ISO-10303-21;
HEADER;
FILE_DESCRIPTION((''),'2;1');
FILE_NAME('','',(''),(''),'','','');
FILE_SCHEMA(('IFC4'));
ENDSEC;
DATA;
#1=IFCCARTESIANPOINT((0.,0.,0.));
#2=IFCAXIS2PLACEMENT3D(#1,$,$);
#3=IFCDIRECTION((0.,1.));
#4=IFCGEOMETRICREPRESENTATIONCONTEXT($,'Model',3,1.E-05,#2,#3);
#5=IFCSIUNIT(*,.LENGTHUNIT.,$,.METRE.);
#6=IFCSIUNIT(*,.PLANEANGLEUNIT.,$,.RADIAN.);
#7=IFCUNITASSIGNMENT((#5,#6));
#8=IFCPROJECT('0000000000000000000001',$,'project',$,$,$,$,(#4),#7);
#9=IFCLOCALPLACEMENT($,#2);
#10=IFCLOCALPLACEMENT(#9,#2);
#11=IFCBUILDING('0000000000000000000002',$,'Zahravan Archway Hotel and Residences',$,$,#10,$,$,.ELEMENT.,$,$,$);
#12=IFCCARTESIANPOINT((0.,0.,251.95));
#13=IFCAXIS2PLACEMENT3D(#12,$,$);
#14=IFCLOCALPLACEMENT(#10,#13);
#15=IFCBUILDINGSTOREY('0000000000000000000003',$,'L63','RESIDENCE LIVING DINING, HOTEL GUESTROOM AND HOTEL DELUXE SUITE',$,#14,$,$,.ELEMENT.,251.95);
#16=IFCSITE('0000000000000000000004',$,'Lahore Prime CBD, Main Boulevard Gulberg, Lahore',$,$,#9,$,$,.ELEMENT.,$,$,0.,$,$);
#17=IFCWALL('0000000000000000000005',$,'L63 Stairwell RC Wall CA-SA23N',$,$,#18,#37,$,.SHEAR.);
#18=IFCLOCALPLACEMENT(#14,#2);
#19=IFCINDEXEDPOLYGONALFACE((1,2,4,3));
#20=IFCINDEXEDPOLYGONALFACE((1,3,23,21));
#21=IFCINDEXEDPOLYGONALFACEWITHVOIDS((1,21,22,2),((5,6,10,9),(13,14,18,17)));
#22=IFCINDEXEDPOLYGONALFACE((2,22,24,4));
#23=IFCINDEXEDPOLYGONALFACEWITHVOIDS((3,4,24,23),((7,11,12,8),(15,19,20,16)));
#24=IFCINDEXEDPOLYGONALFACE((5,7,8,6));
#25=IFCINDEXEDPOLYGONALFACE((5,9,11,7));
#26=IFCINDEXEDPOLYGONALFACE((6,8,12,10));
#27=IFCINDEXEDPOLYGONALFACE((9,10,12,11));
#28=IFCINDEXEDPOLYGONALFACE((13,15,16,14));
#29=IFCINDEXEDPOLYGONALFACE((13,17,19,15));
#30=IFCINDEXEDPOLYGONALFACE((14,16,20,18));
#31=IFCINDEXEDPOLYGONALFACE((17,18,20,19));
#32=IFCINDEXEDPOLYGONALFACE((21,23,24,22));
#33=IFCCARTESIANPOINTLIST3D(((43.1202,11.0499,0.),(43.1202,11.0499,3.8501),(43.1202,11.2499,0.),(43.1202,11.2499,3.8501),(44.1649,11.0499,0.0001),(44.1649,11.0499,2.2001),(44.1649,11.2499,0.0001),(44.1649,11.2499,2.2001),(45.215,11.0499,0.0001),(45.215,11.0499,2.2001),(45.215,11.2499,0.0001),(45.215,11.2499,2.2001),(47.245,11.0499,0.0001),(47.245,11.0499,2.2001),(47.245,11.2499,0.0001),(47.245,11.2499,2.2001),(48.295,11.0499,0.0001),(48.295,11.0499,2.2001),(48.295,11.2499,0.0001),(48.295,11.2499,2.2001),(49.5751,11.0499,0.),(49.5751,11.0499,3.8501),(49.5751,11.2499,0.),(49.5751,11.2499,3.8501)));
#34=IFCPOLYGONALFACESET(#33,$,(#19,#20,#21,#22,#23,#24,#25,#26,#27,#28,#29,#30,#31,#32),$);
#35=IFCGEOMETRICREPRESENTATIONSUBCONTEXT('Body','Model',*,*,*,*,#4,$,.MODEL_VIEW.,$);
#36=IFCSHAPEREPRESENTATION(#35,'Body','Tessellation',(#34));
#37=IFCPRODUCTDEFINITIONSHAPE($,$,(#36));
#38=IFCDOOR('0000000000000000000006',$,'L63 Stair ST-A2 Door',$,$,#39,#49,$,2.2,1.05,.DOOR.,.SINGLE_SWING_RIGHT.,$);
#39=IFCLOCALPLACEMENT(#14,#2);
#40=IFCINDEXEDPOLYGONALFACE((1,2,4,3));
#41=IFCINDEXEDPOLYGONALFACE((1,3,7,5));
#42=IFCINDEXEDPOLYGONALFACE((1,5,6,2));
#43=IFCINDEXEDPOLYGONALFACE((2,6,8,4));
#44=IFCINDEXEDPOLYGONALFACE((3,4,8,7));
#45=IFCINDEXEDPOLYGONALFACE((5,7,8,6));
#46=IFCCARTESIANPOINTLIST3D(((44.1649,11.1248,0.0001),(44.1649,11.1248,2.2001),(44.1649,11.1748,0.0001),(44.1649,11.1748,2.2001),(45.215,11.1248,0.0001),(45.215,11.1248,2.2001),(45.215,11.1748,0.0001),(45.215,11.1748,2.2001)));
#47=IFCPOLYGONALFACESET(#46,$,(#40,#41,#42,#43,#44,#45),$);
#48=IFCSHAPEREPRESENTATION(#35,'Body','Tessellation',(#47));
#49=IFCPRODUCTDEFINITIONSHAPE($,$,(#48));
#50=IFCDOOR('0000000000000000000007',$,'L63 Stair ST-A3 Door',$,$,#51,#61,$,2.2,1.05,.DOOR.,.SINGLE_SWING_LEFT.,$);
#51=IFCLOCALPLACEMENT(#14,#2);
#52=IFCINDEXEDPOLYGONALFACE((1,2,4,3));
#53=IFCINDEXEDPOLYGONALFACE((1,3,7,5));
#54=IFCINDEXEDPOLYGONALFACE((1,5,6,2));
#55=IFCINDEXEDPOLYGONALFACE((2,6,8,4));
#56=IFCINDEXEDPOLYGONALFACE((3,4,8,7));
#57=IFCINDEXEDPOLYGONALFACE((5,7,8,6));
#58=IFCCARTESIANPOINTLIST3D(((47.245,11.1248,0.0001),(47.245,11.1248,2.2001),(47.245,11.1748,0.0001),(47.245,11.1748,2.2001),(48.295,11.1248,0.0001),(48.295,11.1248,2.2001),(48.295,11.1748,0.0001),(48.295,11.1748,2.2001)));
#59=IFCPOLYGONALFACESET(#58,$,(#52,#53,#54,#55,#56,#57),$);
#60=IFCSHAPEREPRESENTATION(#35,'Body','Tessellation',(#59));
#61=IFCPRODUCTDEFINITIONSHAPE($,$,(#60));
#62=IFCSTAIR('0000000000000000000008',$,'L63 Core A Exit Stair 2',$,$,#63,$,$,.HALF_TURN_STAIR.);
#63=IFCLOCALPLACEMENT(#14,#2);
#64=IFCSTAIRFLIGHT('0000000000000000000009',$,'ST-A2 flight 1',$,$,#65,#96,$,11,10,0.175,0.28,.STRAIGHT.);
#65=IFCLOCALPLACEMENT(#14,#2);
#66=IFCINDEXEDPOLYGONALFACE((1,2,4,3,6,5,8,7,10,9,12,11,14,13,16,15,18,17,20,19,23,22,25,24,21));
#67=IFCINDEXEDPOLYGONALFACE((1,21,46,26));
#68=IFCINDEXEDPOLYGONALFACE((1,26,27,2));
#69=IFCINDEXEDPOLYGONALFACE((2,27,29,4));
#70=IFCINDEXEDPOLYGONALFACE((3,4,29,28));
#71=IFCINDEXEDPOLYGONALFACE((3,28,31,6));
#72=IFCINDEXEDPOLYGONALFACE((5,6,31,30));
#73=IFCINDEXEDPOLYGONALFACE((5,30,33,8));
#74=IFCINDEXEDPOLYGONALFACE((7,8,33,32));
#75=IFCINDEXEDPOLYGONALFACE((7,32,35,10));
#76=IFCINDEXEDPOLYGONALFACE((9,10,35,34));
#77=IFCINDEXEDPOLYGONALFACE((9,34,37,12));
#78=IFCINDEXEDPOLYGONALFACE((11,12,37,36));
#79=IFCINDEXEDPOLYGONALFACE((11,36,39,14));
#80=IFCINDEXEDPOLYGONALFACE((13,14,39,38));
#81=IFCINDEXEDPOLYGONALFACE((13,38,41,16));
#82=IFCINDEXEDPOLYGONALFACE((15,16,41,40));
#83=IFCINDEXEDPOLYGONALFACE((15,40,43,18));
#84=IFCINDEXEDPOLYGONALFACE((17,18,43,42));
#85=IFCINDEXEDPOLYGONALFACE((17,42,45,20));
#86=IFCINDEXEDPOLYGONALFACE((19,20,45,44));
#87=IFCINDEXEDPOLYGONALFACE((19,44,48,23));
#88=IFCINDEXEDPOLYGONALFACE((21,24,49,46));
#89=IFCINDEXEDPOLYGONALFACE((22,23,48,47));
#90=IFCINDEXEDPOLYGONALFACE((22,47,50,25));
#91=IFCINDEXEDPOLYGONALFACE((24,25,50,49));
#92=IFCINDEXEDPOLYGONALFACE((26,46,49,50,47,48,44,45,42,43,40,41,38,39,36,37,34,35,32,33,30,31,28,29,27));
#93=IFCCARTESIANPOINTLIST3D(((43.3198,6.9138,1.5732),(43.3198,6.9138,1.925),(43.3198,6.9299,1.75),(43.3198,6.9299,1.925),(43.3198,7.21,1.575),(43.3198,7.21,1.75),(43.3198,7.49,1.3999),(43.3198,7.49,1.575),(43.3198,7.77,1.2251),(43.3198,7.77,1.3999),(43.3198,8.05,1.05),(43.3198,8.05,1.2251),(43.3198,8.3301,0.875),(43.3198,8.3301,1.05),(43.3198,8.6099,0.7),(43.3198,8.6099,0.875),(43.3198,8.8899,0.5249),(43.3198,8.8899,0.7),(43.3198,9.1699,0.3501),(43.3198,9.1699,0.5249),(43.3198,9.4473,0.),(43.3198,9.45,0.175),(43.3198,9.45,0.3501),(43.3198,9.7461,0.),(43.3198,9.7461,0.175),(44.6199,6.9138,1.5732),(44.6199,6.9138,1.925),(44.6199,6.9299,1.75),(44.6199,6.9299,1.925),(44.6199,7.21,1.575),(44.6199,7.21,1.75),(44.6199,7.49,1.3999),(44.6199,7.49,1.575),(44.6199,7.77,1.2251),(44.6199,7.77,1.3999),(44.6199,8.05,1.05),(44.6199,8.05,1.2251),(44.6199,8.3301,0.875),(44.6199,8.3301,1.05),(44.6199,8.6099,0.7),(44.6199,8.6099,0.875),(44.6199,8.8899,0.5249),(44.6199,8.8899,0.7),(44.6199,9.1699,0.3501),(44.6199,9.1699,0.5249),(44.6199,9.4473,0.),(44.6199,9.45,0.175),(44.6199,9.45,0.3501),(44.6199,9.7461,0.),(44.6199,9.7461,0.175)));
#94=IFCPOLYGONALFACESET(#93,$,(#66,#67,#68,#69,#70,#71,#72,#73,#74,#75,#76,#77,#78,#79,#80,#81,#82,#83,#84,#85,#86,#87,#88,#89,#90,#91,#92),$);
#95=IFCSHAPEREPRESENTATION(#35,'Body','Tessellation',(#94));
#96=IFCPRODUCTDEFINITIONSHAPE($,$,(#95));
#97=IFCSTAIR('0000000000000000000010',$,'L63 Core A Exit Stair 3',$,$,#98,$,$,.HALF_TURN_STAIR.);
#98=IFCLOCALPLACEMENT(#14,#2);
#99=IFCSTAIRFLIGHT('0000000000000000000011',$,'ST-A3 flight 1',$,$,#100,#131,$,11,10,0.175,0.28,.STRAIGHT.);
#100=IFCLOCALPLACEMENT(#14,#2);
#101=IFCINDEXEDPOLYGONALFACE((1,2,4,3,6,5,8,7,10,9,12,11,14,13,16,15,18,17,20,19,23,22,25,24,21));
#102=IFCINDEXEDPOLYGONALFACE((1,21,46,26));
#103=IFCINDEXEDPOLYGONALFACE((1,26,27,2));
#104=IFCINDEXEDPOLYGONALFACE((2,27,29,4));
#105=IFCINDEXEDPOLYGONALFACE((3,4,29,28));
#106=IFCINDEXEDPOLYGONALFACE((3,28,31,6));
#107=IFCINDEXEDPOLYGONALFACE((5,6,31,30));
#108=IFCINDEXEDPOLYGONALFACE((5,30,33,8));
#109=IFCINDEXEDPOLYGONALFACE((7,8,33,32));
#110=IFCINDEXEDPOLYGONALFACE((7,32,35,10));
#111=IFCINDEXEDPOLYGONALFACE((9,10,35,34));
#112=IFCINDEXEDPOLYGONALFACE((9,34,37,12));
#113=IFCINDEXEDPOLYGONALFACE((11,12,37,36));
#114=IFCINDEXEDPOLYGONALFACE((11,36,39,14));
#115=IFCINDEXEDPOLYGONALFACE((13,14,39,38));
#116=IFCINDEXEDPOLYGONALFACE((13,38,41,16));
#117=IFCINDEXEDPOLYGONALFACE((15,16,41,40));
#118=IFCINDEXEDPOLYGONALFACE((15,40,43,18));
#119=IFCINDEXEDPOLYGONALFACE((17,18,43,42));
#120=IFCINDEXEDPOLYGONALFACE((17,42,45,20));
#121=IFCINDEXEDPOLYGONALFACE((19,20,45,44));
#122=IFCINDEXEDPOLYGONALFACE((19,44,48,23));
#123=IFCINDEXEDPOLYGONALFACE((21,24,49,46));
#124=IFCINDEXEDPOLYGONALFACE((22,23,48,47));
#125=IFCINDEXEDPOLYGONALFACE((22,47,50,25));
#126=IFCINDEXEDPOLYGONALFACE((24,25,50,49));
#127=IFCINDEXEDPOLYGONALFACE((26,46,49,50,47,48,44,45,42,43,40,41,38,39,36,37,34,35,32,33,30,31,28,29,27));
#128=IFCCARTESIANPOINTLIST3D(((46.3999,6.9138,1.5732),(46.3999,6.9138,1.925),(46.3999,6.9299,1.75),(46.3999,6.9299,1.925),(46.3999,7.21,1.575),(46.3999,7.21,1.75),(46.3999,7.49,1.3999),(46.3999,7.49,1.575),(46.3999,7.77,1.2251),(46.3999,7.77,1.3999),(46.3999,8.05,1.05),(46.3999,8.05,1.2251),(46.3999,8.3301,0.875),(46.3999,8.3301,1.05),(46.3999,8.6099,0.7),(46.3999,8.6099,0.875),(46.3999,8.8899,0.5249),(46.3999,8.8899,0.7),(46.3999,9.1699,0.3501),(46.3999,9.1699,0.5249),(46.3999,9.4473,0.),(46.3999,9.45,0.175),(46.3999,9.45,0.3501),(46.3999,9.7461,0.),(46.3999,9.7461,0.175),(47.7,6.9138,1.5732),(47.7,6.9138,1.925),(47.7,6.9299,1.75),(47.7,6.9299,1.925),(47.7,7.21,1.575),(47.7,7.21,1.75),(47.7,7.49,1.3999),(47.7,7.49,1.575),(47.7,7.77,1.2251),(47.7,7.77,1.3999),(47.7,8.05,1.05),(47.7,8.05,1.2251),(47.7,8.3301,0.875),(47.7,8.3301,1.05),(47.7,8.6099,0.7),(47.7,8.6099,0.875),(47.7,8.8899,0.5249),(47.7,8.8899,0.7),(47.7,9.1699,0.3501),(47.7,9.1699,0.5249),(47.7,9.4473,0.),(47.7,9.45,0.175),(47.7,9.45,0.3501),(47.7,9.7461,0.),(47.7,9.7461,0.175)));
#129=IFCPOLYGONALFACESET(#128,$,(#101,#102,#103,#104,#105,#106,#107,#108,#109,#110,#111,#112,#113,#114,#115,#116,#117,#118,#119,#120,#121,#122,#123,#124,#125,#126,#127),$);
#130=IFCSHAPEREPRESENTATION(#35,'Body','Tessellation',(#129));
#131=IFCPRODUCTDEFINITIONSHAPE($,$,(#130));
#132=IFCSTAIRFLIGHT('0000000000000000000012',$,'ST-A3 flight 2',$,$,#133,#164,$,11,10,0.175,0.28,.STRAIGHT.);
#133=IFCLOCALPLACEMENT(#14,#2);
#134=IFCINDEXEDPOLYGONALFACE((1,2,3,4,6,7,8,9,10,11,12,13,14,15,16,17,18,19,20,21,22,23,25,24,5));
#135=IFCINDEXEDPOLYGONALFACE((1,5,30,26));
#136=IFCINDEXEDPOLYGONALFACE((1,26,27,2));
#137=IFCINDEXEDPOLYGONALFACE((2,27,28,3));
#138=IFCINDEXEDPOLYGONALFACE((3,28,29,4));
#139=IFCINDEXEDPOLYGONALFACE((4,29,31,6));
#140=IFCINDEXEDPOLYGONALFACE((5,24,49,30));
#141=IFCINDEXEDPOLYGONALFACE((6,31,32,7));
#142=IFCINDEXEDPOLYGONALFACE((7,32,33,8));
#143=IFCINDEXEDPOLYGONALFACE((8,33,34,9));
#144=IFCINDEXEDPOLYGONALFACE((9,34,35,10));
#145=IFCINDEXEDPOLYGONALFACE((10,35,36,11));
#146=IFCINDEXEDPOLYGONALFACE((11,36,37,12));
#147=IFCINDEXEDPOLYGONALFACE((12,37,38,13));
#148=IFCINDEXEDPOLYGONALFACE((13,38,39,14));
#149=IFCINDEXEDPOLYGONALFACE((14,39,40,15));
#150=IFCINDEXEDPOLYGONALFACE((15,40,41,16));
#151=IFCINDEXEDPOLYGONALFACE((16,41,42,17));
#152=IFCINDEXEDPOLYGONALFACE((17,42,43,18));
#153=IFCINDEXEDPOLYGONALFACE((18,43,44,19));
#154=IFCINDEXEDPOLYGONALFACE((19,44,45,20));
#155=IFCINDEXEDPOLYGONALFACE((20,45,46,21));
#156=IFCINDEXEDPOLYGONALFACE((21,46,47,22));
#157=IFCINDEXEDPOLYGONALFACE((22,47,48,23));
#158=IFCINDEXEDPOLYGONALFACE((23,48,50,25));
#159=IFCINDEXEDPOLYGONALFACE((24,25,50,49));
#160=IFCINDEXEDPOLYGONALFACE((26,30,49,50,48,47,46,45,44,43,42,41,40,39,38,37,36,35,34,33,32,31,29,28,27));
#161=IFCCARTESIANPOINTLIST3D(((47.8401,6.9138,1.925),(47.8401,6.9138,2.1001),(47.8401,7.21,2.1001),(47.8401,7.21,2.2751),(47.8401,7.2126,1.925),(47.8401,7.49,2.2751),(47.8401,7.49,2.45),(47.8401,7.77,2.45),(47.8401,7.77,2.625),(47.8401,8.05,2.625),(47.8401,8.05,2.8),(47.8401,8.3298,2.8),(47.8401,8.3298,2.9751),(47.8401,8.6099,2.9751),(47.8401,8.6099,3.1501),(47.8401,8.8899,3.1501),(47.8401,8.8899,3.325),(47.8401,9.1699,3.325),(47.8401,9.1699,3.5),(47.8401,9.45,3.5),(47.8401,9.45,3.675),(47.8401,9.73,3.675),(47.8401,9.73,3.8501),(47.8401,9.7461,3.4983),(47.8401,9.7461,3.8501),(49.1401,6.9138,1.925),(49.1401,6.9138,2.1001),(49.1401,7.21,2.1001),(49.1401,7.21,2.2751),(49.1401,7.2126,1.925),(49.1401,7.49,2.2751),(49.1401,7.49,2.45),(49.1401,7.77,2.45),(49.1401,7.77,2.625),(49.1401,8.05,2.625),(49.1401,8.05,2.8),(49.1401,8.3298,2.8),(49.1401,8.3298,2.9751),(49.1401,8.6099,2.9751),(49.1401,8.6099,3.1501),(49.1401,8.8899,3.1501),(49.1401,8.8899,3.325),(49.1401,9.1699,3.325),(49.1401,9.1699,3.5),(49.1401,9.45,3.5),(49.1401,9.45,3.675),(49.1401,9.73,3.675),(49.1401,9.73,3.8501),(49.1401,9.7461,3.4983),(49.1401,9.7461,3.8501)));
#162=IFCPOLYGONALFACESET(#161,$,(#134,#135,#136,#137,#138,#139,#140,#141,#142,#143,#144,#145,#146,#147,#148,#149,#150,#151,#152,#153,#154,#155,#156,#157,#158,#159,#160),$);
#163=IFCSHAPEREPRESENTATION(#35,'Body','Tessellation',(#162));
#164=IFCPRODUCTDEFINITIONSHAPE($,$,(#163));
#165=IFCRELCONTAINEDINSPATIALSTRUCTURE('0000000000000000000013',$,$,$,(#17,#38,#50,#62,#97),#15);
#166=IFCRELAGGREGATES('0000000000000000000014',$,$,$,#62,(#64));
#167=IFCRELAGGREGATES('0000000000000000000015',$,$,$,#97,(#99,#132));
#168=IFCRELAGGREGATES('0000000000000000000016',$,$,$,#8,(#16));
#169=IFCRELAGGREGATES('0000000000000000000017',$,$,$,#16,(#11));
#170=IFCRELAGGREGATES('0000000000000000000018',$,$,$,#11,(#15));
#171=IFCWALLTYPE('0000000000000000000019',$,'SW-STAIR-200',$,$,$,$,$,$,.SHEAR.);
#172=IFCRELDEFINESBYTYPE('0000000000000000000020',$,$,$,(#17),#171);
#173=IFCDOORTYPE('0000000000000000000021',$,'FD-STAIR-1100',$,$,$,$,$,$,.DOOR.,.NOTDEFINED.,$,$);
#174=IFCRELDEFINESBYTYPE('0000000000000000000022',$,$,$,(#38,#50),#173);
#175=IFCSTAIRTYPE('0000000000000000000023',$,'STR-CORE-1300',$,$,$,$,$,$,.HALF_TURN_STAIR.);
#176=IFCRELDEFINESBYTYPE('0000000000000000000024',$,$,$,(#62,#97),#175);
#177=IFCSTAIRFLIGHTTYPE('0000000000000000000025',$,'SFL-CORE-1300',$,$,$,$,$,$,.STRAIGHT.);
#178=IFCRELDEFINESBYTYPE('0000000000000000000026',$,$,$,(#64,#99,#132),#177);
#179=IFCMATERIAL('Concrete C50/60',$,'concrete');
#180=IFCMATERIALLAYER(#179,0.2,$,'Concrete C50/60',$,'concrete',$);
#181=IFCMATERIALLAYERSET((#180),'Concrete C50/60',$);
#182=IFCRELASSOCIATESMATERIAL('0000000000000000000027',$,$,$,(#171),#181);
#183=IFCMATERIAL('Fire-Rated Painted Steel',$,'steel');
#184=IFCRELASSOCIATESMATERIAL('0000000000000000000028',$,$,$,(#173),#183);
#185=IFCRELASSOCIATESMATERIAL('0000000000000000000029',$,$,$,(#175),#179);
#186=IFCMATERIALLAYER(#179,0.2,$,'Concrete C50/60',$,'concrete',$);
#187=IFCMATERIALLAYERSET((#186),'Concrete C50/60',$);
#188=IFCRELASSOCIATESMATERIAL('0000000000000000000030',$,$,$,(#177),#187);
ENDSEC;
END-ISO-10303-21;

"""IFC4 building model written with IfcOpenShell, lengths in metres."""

from ifc_helpers import new_model, si_unit, direction, frame, frame_2d, origin, place, context, subcontext, project, spatial, polyline, rectangle, outline, extrude, source, transform, mapped, material, layer, layer_set, type_object, type_shapes, element, fill, aggregate, save


model = new_model("IFC4")

# Units and contexts
model_context = context("Model", 3, precision=1e-05, world=origin(), true_north=direction((0.0, 1.0)))
body_context = subcontext(model_context, "Body", "Model", "MODEL_VIEW")
ifc_project = project(units=[si_unit("LENGTHUNIT", "METRE"), si_unit("PLANEANGLEUNIT", "RADIAN")], contexts=[model_context])

# Site, building, storey
site_placement = place(None, origin())
site = spatial("IfcSite", under=ifc_project, at=site_placement, Name="Lahore Prime CBD, Main Boulevard Gulberg, Lahore", CompositionType="ELEMENT", RefElevation=0.0)
building_placement = place(site_placement, origin())
building = spatial("IfcBuilding", under=site, at=building_placement, Name="Zahravan Archway Hotel and Residences", CompositionType="ELEMENT")
storey_placement = place(building_placement, frame((0.0, 0.0, 251.95)))
storey = spatial("IfcBuildingStorey", under=building, at=storey_placement, Name="L63", Description="RESIDENCE LIVING DINING, HOTEL GUESTROOM AND HOTEL DELUXE SUITE", CompositionType="ELEMENT", Elevation=251.95)

# Shared definitions
ifc_material_1 = material(Name="Concrete C50/60", Category="concrete")

# Shared definitions
ifc_material_2 = material(Name="Fire-Rated Painted Steel", Category="steel")

# Wall, openings, doors
ifc_layer_1 = layer(ifc_material_1, 0.2, Name="Concrete C50/60", Category="concrete")
ifc_layer_set_1 = layer_set([ifc_layer_1], Name="Concrete C50/60")
wall_type_1 = type_object("IfcWallType", Name="SW-STAIR-200", PredefinedType="SHEAR", material=ifc_layer_set_1)
wall_1_placement = place(storey_placement, frame((43.1201, 11.1499, 0.0), z_axis=(0.0, 0.0, 1.0), x_axis=(1.0, 0.0, 0.0)))
wall_1 = element("IfcWall", 1, at=wall_1_placement, inside=storey, type_object=wall_type_1, Name="L63 Stairwell RC Wall CA-SA23N", PredefinedType="SHEAR", context=body_context, shape_type="SweptSolid", body=[
    extrude(rectangle(XDim=6.4548, YDim=0.2, at=frame_2d((3.2275, 0.0))), origin(), (0.0, 0.0, 1.0), 3.8501),
])
opening_1_placement = place(wall_1_placement, frame((1.0449, 0.0, 0.0)))
opening_1 = element("IfcOpeningElement", 2, at=opening_1_placement, cuts=wall_1, PredefinedType="OPENING", context=body_context, shape_type="SweptSolid", body=[
    extrude(rectangle(XDim=1.05, YDim=2.2, at=frame_2d((0.5249, 1.1001))), frame((0.0, 0.1099, 0.0), z_axis=(0.0, -1.0, 0.0), x_axis=(1.0, 0.0, 0.0)), (0.0, 0.0, 1.0), 0.22),
])
opening_2_placement = place(wall_1_placement, frame((4.125, 0.0, 0.0)))
opening_2 = element("IfcOpeningElement", 3, at=opening_2_placement, cuts=wall_1, PredefinedType="OPENING", context=body_context, shape_type="SweptSolid", body=[
    extrude(rectangle(XDim=1.05, YDim=2.2, at=frame_2d((0.5249, 1.1001))), frame((0.0, 0.1099, 0.0), z_axis=(0.0, -1.0, 0.0), x_axis=(1.0, 0.0, 0.0)), (0.0, 0.0, 1.0), 0.22),
])
door_type_1 = type_object("IfcDoorType", Name="FD-STAIR-1100", OperationType="NOTDEFINED", PredefinedType="DOOR", material=ifc_material_2)
shared_shape_1 = source(origin(), body_context, "Body", "SweptSolid", [
    extrude(rectangle(XDim=1.05, YDim=2.2, at=frame_2d((0.5249, 1.1001))), frame((0.0, 0.0249, 0.0), z_axis=(0.0, -1.0, 0.0), x_axis=(1.0, 0.0, 0.0)), (0.0, 0.0, 1.0), 0.05),
])
type_shapes(door_type_1, [shared_shape_1])
door_1_placement = place(opening_1_placement, origin())
door_1 = element("IfcDoor", 4, at=door_1_placement, inside=storey, type_object=door_type_1, Name="L63 Stair ST-A2 Door", OperationType="SINGLE_SWING_RIGHT", OverallHeight=2.2, OverallWidth=1.05, PredefinedType="DOOR", context=body_context, shape_type="MappedRepresentation", body=[
    mapped(shared_shape_1, transform((0.0, 0.0, 0.0), scale=1.0)),
])
fill(opening_1, door_1)
door_2_placement = place(opening_2_placement, origin())
door_2 = element("IfcDoor", 5, at=door_2_placement, inside=storey, type_object=door_type_1, Name="L63 Stair ST-A3 Door", OperationType="SINGLE_SWING_LEFT", OverallHeight=2.2, OverallWidth=1.05, PredefinedType="DOOR", context=body_context, shape_type="MappedRepresentation", body=[
    mapped(shared_shape_1, transform((0.0, 0.0, 0.0), scale=1.0)),
])
fill(opening_2, door_2)

# Stair, stair flight
stair_type = type_object("IfcStairType", Name="STR-CORE-1300", PredefinedType="HALF_TURN_STAIR", material=ifc_material_1)
stair_1_placement = place(storey_placement, origin())
stair_1 = element("IfcStair", 6, at=stair_1_placement, inside=storey, type_object=stair_type, Name="L63 Core A Exit Stair 2", PredefinedType="HALF_TURN_STAIR")
ifc_layer_2 = layer(ifc_material_1, 0.2, Name="Concrete C50/60", Category="concrete")
ifc_layer_set_2 = layer_set([ifc_layer_2], Name="Concrete C50/60")
stair_flight_type = type_object("IfcStairFlightType", Name="SFL-CORE-1300", PredefinedType="STRAIGHT", material=ifc_layer_set_2)
shared_shape_2 = source(origin(), body_context, "Body", "SweptSolid", [
    extrude(outline(polyline([(-0.0161, 0.0), (-0.0161, 0.175), (0.28, 0.175), (0.28, 0.3501), (0.5601, 0.3501), (0.5601, 0.5249), (0.8401, 0.5249), (0.8401, 0.7), (1.1201, 0.7), (1.1201, 0.875), (1.3999, 0.875), (1.3999, 1.05), (1.6799, 1.05), (1.6799, 1.2251), (1.96, 1.2251), (1.96, 1.3999), (2.24, 1.3999), (2.24, 1.575), (2.52, 1.575), (2.52, 1.75), (2.8, 1.75), (2.8, 1.925), (2.8162, 1.925), (2.8162, 1.5732), (0.2827, 0.0), (-0.0161, 0.0)])), frame((0.0, 0.6499, 0.0), z_axis=(0.0, -1.0, 0.0), x_axis=(1.0, 0.0, 0.0)), (0.0, 0.0, 1.0), 1.3),
])
stair_flight_1_placement = place(storey_placement, frame((43.97, 9.73, 0.0), z_axis=(0.0, 0.0, 1.0), x_axis=(0.0, -1.0, 0.0)))
stair_flight_1 = element("IfcStairFlight", 7, at=stair_flight_1_placement, type_object=stair_flight_type, Name="ST-A2 flight 1", NumberOfRisers=11, NumberOfTreads=10, PredefinedType="STRAIGHT", RiserHeight=0.175, TreadLength=0.28, context=body_context, shape_type="MappedRepresentation", body=[
    mapped(shared_shape_2, transform((0.0, 0.0, 0.0), scale=1.0)),
])
aggregate(stair_1, [stair_flight_1])

# Stair, stair flights
stair_2_placement = place(storey_placement, origin())
stair_2 = element("IfcStair", 8, at=stair_2_placement, inside=storey, type_object=stair_type, Name="L63 Core A Exit Stair 3", PredefinedType="HALF_TURN_STAIR")
stair_flight_2_placement = place(storey_placement, frame((47.05, 9.73, 0.0), z_axis=(0.0, 0.0, 1.0), x_axis=(0.0, -1.0, 0.0)))
stair_flight_2 = element("IfcStairFlight", 9, at=stair_flight_2_placement, type_object=stair_flight_type, Name="ST-A3 flight 1", NumberOfRisers=11, NumberOfTreads=10, PredefinedType="STRAIGHT", RiserHeight=0.175, TreadLength=0.28, context=body_context, shape_type="MappedRepresentation", body=[
    mapped(shared_shape_2, transform((0.0, 0.0, 0.0), scale=1.0)),
])
stair_flight_3_placement = place(storey_placement, frame((48.49, 6.9299, 1.925), z_axis=(0.0, 0.0, 1.0), x_axis=(0.0, 1.0, 0.0)))
stair_flight_3 = element("IfcStairFlight", 10, at=stair_flight_3_placement, type_object=stair_flight_type, Name="ST-A3 flight 2", NumberOfRisers=11, NumberOfTreads=10, PredefinedType="STRAIGHT", RiserHeight=0.175, TreadLength=0.28, context=body_context, shape_type="MappedRepresentation", body=[
    mapped(shared_shape_2, transform((0.0, 0.0, 0.0), scale=1.0)),
])
aggregate(stair_2, [stair_flight_2, stair_flight_3])

save(model, "model.ifc")
